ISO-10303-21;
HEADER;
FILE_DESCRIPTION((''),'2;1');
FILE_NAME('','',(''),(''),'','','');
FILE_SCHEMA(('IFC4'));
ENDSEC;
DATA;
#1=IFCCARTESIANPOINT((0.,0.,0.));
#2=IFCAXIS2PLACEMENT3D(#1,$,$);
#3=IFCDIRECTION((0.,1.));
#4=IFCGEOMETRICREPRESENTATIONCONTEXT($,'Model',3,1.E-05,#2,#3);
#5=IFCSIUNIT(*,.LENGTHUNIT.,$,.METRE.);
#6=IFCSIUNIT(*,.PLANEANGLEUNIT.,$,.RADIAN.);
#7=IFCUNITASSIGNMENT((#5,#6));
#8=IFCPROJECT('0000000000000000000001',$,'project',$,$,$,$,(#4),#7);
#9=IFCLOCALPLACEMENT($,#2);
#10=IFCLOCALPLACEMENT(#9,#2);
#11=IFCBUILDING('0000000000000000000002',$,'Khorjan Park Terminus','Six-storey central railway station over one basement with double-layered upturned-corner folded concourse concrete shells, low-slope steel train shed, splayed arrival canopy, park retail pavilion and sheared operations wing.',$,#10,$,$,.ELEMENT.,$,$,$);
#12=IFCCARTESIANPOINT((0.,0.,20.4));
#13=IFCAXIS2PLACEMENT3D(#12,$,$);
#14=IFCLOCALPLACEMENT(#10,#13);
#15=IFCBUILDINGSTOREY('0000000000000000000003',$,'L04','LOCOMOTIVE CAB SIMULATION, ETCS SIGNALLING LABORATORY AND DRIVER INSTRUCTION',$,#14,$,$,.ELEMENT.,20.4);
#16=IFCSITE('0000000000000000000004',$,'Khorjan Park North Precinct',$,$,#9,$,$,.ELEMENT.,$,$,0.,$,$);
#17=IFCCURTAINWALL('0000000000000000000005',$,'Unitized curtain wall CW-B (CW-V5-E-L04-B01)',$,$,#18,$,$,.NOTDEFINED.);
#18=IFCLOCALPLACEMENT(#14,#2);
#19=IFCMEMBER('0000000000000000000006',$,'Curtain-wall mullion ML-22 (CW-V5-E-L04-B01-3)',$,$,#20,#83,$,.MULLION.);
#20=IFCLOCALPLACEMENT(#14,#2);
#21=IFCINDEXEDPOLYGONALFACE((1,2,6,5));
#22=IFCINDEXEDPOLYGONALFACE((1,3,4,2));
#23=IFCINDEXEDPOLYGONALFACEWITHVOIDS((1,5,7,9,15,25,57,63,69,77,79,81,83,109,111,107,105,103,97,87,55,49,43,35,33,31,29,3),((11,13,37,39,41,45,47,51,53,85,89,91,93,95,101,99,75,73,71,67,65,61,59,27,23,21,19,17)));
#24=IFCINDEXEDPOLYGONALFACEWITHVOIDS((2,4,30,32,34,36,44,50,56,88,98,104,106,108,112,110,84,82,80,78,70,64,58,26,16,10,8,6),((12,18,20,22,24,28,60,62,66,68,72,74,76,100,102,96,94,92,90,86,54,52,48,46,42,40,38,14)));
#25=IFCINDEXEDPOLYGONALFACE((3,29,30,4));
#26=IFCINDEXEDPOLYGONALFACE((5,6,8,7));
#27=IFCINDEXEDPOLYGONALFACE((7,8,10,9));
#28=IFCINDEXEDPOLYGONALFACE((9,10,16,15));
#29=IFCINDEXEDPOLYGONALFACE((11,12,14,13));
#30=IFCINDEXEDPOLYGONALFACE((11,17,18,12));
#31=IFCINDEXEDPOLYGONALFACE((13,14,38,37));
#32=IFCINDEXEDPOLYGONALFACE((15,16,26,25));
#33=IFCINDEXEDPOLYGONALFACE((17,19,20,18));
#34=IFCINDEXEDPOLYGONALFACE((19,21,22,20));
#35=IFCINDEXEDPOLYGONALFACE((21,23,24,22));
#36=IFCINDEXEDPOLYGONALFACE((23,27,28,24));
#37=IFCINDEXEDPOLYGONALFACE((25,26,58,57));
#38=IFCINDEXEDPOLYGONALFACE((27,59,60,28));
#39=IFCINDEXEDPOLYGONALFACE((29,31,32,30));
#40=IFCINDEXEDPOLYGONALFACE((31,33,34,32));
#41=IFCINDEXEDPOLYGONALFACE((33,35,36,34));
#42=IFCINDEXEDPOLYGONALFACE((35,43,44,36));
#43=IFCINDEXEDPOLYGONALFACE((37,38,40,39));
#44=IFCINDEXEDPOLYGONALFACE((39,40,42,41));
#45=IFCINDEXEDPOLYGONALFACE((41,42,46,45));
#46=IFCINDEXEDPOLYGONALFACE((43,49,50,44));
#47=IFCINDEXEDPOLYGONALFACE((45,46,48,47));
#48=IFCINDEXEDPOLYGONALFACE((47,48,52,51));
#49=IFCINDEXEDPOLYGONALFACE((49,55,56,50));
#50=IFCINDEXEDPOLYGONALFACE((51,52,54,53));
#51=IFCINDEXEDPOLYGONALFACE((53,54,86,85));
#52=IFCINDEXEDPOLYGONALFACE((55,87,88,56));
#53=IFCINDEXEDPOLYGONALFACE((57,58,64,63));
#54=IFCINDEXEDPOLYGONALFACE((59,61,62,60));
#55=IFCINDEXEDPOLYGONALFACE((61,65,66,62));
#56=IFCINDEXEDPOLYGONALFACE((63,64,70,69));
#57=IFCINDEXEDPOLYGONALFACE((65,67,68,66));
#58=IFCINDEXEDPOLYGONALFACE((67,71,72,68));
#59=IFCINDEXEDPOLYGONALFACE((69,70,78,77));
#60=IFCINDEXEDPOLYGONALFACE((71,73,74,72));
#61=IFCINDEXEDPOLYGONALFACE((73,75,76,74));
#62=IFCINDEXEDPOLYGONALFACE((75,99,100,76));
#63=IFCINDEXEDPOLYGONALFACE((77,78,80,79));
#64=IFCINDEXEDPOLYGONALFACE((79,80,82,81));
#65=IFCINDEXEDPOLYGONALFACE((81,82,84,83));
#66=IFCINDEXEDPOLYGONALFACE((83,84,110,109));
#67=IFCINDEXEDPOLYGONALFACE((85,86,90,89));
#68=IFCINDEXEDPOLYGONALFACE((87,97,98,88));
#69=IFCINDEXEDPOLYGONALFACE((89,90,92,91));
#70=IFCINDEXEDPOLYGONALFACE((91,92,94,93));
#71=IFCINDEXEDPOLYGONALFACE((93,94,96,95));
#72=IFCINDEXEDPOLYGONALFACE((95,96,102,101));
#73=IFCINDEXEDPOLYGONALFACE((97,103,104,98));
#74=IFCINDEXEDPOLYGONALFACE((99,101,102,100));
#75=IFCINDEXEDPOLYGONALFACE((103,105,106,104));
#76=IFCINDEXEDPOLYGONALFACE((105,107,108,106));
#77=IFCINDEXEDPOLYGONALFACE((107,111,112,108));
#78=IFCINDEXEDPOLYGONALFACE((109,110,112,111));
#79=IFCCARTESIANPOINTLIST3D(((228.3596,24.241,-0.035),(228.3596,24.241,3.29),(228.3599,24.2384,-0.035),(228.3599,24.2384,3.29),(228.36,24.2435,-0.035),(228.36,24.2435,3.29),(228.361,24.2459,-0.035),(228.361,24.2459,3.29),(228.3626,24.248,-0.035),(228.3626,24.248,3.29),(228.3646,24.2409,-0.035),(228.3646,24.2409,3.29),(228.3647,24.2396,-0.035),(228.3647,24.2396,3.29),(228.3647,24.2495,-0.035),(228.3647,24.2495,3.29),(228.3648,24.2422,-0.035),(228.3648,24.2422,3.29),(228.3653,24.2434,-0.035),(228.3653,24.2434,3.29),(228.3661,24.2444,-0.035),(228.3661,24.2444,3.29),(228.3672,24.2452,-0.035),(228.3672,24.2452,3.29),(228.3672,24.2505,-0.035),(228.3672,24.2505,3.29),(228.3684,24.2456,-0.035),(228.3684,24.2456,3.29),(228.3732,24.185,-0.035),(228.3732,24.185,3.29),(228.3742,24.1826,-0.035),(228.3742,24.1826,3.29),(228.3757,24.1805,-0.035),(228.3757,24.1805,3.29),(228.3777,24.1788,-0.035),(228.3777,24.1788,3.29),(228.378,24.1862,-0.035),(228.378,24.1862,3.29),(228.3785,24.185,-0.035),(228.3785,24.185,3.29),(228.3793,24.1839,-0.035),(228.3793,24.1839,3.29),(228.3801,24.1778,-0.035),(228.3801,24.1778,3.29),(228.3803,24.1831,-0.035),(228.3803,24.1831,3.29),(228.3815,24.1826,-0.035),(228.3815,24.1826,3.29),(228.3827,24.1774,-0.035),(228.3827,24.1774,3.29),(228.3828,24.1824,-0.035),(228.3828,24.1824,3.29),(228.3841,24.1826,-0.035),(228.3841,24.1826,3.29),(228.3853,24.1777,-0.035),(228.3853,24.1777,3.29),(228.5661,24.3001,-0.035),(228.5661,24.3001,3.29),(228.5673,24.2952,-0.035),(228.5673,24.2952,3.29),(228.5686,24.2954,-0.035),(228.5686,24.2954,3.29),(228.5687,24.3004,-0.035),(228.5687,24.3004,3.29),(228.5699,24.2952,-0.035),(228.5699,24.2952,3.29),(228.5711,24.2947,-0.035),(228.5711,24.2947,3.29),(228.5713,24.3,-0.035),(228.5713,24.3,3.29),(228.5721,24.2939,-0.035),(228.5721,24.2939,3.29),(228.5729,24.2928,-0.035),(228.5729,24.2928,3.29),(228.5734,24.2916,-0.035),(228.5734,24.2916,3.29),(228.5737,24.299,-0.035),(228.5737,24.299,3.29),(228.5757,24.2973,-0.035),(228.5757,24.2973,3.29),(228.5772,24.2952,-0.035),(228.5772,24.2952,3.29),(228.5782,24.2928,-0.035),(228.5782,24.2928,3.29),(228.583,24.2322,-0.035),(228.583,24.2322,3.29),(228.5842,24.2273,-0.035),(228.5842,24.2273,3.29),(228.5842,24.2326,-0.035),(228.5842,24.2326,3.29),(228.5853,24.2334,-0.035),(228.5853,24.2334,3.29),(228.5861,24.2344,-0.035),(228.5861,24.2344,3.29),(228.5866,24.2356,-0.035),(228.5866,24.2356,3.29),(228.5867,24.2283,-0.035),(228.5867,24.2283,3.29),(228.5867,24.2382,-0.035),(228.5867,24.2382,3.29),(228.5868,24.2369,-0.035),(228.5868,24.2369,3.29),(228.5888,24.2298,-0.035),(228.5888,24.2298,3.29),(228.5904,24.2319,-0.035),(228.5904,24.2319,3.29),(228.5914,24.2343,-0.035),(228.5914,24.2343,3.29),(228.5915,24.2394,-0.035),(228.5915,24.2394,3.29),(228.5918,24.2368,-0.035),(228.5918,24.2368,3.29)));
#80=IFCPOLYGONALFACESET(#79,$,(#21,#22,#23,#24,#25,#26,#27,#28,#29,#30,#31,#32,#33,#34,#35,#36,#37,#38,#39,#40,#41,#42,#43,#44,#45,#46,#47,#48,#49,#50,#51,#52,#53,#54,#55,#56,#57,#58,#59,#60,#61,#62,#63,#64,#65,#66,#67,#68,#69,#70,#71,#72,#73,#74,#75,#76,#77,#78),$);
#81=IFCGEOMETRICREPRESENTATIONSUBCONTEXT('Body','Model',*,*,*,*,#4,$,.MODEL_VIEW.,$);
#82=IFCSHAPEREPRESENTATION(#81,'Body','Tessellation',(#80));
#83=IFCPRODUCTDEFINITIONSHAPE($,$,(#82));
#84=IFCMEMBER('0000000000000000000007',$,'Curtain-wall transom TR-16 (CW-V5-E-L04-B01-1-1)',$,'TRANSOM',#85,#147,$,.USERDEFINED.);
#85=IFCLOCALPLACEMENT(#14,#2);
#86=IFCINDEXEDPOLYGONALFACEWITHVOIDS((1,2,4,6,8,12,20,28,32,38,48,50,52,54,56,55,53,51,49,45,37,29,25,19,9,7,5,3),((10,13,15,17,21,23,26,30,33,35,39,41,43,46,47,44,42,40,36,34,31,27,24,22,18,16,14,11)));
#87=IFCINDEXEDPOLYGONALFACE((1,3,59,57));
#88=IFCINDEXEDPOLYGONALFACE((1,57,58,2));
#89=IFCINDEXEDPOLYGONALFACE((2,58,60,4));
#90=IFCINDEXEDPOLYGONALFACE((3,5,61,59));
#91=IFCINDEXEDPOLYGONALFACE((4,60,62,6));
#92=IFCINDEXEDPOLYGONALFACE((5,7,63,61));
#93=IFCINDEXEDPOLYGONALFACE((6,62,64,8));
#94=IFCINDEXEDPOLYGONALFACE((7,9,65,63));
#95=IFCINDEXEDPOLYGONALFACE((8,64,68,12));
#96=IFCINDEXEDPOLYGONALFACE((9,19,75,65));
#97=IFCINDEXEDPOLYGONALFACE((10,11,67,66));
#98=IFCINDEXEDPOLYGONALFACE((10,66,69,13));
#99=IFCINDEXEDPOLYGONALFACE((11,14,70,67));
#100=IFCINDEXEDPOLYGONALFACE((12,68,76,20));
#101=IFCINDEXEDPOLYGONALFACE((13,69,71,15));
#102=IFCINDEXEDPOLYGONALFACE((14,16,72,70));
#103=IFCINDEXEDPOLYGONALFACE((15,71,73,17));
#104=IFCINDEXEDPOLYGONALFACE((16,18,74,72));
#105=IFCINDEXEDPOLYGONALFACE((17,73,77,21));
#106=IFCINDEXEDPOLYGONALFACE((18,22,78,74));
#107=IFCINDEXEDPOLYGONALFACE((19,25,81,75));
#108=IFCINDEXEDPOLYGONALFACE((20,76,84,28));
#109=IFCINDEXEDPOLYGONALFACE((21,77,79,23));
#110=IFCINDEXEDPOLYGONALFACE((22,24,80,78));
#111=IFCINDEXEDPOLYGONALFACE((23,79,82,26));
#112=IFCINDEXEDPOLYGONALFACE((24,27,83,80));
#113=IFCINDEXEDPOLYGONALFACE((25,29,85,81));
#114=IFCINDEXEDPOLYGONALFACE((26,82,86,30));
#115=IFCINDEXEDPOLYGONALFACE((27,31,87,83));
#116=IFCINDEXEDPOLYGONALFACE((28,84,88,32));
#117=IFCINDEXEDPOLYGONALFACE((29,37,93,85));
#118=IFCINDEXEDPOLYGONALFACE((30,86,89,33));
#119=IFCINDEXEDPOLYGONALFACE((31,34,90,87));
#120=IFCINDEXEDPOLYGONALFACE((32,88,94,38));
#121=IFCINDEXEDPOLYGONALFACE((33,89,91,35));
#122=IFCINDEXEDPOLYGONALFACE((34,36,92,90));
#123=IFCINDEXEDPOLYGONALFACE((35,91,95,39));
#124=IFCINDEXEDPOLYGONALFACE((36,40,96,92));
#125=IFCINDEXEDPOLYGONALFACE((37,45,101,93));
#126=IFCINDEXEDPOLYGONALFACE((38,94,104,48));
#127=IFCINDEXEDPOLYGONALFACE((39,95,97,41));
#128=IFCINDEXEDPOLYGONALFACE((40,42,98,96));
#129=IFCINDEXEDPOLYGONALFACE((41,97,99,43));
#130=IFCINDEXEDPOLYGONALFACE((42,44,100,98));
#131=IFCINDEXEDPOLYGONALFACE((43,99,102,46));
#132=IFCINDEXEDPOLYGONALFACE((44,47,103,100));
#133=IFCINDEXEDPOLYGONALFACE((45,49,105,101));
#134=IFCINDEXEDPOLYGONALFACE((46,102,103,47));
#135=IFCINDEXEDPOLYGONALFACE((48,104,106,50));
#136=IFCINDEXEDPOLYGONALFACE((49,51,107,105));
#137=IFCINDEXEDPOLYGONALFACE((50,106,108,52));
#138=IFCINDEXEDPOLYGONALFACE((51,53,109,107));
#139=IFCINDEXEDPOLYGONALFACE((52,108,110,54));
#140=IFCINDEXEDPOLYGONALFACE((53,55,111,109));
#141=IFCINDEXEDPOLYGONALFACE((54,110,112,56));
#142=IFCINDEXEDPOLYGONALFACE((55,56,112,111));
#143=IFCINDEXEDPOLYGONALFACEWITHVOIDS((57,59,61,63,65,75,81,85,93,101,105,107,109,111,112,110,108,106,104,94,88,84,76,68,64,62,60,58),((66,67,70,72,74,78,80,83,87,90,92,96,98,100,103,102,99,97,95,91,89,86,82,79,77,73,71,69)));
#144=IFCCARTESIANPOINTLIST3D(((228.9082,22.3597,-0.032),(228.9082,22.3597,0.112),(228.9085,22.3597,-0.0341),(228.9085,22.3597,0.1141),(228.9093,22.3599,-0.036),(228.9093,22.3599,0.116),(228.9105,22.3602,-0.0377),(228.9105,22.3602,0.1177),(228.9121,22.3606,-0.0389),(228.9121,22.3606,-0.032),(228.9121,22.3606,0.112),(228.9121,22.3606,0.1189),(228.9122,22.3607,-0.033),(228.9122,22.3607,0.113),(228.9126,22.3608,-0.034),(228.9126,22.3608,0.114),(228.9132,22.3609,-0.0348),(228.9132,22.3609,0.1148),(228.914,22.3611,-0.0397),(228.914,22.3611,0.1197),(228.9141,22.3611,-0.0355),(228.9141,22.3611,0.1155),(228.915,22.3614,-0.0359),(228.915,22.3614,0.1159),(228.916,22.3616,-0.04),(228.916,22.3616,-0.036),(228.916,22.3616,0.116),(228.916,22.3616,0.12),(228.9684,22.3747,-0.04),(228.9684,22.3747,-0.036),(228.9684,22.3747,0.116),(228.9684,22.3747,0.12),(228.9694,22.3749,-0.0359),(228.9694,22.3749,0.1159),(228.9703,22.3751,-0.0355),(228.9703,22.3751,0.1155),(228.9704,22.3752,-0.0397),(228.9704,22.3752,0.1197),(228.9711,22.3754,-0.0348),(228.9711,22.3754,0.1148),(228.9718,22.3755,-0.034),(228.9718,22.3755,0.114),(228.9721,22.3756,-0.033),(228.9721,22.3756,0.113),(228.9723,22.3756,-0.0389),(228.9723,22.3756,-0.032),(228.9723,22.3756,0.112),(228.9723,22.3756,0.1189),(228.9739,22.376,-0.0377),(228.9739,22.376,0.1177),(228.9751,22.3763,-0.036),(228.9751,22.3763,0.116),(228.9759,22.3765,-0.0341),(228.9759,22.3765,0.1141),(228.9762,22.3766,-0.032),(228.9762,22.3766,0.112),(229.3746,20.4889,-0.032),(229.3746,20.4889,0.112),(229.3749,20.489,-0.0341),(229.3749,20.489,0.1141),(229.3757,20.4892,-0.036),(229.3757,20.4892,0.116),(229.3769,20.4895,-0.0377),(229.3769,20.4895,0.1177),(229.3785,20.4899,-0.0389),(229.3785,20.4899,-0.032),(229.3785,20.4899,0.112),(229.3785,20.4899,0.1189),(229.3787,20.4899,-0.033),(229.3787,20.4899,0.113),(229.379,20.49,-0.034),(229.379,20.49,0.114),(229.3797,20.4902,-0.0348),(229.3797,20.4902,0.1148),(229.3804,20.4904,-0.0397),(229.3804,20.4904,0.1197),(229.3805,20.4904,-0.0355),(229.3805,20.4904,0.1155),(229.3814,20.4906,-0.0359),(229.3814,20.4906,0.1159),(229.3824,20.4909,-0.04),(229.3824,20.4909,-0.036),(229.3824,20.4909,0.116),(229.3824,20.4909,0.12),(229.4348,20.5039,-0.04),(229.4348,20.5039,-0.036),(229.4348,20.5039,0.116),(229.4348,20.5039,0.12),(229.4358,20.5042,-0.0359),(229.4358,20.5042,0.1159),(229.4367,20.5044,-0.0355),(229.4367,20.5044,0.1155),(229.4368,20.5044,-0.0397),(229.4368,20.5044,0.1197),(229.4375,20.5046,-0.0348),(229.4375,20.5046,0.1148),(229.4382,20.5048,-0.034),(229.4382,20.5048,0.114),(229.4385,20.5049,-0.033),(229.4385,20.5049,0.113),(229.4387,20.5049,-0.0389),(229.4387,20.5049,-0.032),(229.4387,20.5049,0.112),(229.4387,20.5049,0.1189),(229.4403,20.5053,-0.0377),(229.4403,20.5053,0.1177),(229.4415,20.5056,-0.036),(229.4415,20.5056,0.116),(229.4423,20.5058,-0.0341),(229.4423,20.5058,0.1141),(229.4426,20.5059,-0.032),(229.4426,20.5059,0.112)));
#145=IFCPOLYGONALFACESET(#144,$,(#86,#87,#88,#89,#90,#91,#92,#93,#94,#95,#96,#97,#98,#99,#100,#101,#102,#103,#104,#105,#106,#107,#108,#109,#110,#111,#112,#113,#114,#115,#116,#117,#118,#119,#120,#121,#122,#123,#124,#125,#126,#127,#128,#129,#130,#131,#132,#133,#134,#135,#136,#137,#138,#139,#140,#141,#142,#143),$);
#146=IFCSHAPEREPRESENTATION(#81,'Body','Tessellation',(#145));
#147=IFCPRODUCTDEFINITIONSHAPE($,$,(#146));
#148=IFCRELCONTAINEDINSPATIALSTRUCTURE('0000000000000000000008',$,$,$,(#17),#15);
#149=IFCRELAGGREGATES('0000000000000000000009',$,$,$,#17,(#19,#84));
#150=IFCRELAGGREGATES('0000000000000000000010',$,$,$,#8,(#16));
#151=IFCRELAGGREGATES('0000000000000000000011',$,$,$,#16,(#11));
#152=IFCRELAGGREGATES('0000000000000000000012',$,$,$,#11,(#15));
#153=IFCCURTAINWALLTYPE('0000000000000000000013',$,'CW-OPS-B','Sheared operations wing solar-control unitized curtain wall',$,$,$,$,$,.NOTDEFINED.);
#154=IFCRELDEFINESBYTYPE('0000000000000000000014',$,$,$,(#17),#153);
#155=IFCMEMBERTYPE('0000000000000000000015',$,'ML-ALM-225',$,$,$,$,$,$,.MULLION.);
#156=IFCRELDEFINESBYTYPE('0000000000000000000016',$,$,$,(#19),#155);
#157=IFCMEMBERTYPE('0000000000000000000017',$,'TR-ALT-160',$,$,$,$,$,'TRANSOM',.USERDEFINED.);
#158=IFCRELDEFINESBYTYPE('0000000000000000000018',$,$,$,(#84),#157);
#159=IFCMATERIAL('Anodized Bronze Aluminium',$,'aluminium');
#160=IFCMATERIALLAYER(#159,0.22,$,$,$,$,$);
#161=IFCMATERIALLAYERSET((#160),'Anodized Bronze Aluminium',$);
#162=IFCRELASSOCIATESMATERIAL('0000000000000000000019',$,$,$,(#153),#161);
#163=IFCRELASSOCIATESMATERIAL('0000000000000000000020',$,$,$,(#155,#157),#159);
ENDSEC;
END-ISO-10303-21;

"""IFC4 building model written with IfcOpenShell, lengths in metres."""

from ifc_helpers import new_model, si_unit, direction, frame, origin, origin_2d, place, context, subcontext, project, spatial, hollow_rectangle, extrude, material, layer, layer_set, material_profile, profile_set, type_object, element, aggregate, save


model = new_model("IFC4")

# Units and contexts
model_context = context("Model", 3, precision=1e-05, world=origin(), true_north=direction((0.0, 1.0)))
body_context = subcontext(model_context, "Body", "Model", "MODEL_VIEW")
ifc_project = project(units=[si_unit("LENGTHUNIT", "METRE"), si_unit("PLANEANGLEUNIT", "RADIAN")], contexts=[model_context])

# Site, building, storey
site_placement = place(None, origin())
site = spatial("IfcSite", under=ifc_project, at=site_placement, Name="Khorjan Park North Precinct", CompositionType="ELEMENT", RefElevation=0.0)
building_placement = place(site_placement, origin())
building = spatial("IfcBuilding", under=site, at=building_placement, Name="Khorjan Park Terminus", Description="Six-storey central railway station over one basement with double-layered upturned-corner folded concourse concrete shells, low-slope steel train shed, splayed arrival canopy, park retail pavilion and sheared operations wing.", CompositionType="ELEMENT")
storey_placement = place(building_placement, frame((0.0, 0.0, 20.4)))
storey = spatial("IfcBuildingStorey", under=building, at=storey_placement, Name="L04", Description="LOCOMOTIVE CAB SIMULATION, ETCS SIGNALLING LABORATORY AND DRIVER INSTRUCTION", CompositionType="ELEMENT", Elevation=20.4)

# Curtain wall, members
ifc_material_1 = material(Name="Anodized Bronze Aluminium", Category="aluminium")
ifc_layer_1 = layer(ifc_material_1, 0.22)
ifc_layer_set_1 = layer_set([ifc_layer_1], Name="Anodized Bronze Aluminium")
curtain_wall_type = type_object("IfcCurtainWallType", Name="CW-OPS-B", Description="Sheared operations wing solar-control unitized curtain wall", PredefinedType="NOTDEFINED", material=ifc_layer_set_1)
curtain_wall_placement = place(storey_placement, origin())
curtain_wall = element("IfcCurtainWall", 1, at=curtain_wall_placement, inside=storey, type_object=curtain_wall_type, Name="Unitized curtain wall CW-B (CW-V5-E-L04-B01)", PredefinedType="NOTDEFINED")
ifc_material_profile_1 = material_profile(ifc_material_1, hollow_rectangle(XDim=0.075, YDim=0.225, WallThickness=0.005, InnerFilletRadius=0.005, OuterFilletRadius=0.01, at=origin_2d()), Name="ALM 75x225x5")
ifc_profile_set_1 = profile_set([ifc_material_profile_1], Name="Anodized Bronze Aluminium")
member_type_1 = type_object("IfcMemberType", Name="ML-ALM-225", PredefinedType="MULLION", material=ifc_profile_set_1)
member_1_placement = place(storey_placement, frame((228.4757, 24.2389, -0.035), z_axis=(0.0, 0.0, 1.0), x_axis=(-0.24192, 0.970296, 0.0)))
member_1 = element("IfcMember", 2, at=member_1_placement, type_object=member_type_1, Name="Curtain-wall mullion ML-22 (CW-V5-E-L04-B01-3)", PredefinedType="MULLION", context=body_context, shape_type="SweptSolid", body=[
    extrude(hollow_rectangle(XDim=0.075, YDim=0.225, WallThickness=0.005, InnerFilletRadius=0.005, OuterFilletRadius=0.01, at=origin_2d()), origin(), (0.0, 0.0, 1.0), 3.325),
])
ifc_material_profile_2 = material_profile(ifc_material_1, hollow_rectangle(XDim=0.07, YDim=0.16, WallThickness=0.004, InnerFilletRadius=0.004, OuterFilletRadius=0.008, at=origin_2d()), Name="ALT 70x160x4")
ifc_profile_set_2 = profile_set([ifc_material_profile_2], Name="Anodized Bronze Aluminium")
member_type_2 = type_object("IfcMemberType", Name="TR-ALT-160", ElementType="TRANSOM", PredefinedType="USERDEFINED", material=ifc_profile_set_2)
member_2_placement = place(storey_placement, frame((229.4086, 20.4974, 0.04), z_axis=(-0.241913, 0.970298, 0.0), x_axis=(-0.970298, -0.241913, 0.0)))
member_2 = element("IfcMember", 3, at=member_2_placement, type_object=member_type_2, Name="Curtain-wall transom TR-16 (CW-V5-E-L04-B01-1-1)", ObjectType="TRANSOM", PredefinedType="USERDEFINED", context=body_context, shape_type="SweptSolid", body=[
    extrude(hollow_rectangle(XDim=0.07, YDim=0.16, WallThickness=0.004, InnerFilletRadius=0.004, OuterFilletRadius=0.008, at=origin_2d()), origin(), (0.0, 0.0, 1.0), 1.928),
])
aggregate(curtain_wall, [member_1, member_2])

save(model, "model.ifc")
